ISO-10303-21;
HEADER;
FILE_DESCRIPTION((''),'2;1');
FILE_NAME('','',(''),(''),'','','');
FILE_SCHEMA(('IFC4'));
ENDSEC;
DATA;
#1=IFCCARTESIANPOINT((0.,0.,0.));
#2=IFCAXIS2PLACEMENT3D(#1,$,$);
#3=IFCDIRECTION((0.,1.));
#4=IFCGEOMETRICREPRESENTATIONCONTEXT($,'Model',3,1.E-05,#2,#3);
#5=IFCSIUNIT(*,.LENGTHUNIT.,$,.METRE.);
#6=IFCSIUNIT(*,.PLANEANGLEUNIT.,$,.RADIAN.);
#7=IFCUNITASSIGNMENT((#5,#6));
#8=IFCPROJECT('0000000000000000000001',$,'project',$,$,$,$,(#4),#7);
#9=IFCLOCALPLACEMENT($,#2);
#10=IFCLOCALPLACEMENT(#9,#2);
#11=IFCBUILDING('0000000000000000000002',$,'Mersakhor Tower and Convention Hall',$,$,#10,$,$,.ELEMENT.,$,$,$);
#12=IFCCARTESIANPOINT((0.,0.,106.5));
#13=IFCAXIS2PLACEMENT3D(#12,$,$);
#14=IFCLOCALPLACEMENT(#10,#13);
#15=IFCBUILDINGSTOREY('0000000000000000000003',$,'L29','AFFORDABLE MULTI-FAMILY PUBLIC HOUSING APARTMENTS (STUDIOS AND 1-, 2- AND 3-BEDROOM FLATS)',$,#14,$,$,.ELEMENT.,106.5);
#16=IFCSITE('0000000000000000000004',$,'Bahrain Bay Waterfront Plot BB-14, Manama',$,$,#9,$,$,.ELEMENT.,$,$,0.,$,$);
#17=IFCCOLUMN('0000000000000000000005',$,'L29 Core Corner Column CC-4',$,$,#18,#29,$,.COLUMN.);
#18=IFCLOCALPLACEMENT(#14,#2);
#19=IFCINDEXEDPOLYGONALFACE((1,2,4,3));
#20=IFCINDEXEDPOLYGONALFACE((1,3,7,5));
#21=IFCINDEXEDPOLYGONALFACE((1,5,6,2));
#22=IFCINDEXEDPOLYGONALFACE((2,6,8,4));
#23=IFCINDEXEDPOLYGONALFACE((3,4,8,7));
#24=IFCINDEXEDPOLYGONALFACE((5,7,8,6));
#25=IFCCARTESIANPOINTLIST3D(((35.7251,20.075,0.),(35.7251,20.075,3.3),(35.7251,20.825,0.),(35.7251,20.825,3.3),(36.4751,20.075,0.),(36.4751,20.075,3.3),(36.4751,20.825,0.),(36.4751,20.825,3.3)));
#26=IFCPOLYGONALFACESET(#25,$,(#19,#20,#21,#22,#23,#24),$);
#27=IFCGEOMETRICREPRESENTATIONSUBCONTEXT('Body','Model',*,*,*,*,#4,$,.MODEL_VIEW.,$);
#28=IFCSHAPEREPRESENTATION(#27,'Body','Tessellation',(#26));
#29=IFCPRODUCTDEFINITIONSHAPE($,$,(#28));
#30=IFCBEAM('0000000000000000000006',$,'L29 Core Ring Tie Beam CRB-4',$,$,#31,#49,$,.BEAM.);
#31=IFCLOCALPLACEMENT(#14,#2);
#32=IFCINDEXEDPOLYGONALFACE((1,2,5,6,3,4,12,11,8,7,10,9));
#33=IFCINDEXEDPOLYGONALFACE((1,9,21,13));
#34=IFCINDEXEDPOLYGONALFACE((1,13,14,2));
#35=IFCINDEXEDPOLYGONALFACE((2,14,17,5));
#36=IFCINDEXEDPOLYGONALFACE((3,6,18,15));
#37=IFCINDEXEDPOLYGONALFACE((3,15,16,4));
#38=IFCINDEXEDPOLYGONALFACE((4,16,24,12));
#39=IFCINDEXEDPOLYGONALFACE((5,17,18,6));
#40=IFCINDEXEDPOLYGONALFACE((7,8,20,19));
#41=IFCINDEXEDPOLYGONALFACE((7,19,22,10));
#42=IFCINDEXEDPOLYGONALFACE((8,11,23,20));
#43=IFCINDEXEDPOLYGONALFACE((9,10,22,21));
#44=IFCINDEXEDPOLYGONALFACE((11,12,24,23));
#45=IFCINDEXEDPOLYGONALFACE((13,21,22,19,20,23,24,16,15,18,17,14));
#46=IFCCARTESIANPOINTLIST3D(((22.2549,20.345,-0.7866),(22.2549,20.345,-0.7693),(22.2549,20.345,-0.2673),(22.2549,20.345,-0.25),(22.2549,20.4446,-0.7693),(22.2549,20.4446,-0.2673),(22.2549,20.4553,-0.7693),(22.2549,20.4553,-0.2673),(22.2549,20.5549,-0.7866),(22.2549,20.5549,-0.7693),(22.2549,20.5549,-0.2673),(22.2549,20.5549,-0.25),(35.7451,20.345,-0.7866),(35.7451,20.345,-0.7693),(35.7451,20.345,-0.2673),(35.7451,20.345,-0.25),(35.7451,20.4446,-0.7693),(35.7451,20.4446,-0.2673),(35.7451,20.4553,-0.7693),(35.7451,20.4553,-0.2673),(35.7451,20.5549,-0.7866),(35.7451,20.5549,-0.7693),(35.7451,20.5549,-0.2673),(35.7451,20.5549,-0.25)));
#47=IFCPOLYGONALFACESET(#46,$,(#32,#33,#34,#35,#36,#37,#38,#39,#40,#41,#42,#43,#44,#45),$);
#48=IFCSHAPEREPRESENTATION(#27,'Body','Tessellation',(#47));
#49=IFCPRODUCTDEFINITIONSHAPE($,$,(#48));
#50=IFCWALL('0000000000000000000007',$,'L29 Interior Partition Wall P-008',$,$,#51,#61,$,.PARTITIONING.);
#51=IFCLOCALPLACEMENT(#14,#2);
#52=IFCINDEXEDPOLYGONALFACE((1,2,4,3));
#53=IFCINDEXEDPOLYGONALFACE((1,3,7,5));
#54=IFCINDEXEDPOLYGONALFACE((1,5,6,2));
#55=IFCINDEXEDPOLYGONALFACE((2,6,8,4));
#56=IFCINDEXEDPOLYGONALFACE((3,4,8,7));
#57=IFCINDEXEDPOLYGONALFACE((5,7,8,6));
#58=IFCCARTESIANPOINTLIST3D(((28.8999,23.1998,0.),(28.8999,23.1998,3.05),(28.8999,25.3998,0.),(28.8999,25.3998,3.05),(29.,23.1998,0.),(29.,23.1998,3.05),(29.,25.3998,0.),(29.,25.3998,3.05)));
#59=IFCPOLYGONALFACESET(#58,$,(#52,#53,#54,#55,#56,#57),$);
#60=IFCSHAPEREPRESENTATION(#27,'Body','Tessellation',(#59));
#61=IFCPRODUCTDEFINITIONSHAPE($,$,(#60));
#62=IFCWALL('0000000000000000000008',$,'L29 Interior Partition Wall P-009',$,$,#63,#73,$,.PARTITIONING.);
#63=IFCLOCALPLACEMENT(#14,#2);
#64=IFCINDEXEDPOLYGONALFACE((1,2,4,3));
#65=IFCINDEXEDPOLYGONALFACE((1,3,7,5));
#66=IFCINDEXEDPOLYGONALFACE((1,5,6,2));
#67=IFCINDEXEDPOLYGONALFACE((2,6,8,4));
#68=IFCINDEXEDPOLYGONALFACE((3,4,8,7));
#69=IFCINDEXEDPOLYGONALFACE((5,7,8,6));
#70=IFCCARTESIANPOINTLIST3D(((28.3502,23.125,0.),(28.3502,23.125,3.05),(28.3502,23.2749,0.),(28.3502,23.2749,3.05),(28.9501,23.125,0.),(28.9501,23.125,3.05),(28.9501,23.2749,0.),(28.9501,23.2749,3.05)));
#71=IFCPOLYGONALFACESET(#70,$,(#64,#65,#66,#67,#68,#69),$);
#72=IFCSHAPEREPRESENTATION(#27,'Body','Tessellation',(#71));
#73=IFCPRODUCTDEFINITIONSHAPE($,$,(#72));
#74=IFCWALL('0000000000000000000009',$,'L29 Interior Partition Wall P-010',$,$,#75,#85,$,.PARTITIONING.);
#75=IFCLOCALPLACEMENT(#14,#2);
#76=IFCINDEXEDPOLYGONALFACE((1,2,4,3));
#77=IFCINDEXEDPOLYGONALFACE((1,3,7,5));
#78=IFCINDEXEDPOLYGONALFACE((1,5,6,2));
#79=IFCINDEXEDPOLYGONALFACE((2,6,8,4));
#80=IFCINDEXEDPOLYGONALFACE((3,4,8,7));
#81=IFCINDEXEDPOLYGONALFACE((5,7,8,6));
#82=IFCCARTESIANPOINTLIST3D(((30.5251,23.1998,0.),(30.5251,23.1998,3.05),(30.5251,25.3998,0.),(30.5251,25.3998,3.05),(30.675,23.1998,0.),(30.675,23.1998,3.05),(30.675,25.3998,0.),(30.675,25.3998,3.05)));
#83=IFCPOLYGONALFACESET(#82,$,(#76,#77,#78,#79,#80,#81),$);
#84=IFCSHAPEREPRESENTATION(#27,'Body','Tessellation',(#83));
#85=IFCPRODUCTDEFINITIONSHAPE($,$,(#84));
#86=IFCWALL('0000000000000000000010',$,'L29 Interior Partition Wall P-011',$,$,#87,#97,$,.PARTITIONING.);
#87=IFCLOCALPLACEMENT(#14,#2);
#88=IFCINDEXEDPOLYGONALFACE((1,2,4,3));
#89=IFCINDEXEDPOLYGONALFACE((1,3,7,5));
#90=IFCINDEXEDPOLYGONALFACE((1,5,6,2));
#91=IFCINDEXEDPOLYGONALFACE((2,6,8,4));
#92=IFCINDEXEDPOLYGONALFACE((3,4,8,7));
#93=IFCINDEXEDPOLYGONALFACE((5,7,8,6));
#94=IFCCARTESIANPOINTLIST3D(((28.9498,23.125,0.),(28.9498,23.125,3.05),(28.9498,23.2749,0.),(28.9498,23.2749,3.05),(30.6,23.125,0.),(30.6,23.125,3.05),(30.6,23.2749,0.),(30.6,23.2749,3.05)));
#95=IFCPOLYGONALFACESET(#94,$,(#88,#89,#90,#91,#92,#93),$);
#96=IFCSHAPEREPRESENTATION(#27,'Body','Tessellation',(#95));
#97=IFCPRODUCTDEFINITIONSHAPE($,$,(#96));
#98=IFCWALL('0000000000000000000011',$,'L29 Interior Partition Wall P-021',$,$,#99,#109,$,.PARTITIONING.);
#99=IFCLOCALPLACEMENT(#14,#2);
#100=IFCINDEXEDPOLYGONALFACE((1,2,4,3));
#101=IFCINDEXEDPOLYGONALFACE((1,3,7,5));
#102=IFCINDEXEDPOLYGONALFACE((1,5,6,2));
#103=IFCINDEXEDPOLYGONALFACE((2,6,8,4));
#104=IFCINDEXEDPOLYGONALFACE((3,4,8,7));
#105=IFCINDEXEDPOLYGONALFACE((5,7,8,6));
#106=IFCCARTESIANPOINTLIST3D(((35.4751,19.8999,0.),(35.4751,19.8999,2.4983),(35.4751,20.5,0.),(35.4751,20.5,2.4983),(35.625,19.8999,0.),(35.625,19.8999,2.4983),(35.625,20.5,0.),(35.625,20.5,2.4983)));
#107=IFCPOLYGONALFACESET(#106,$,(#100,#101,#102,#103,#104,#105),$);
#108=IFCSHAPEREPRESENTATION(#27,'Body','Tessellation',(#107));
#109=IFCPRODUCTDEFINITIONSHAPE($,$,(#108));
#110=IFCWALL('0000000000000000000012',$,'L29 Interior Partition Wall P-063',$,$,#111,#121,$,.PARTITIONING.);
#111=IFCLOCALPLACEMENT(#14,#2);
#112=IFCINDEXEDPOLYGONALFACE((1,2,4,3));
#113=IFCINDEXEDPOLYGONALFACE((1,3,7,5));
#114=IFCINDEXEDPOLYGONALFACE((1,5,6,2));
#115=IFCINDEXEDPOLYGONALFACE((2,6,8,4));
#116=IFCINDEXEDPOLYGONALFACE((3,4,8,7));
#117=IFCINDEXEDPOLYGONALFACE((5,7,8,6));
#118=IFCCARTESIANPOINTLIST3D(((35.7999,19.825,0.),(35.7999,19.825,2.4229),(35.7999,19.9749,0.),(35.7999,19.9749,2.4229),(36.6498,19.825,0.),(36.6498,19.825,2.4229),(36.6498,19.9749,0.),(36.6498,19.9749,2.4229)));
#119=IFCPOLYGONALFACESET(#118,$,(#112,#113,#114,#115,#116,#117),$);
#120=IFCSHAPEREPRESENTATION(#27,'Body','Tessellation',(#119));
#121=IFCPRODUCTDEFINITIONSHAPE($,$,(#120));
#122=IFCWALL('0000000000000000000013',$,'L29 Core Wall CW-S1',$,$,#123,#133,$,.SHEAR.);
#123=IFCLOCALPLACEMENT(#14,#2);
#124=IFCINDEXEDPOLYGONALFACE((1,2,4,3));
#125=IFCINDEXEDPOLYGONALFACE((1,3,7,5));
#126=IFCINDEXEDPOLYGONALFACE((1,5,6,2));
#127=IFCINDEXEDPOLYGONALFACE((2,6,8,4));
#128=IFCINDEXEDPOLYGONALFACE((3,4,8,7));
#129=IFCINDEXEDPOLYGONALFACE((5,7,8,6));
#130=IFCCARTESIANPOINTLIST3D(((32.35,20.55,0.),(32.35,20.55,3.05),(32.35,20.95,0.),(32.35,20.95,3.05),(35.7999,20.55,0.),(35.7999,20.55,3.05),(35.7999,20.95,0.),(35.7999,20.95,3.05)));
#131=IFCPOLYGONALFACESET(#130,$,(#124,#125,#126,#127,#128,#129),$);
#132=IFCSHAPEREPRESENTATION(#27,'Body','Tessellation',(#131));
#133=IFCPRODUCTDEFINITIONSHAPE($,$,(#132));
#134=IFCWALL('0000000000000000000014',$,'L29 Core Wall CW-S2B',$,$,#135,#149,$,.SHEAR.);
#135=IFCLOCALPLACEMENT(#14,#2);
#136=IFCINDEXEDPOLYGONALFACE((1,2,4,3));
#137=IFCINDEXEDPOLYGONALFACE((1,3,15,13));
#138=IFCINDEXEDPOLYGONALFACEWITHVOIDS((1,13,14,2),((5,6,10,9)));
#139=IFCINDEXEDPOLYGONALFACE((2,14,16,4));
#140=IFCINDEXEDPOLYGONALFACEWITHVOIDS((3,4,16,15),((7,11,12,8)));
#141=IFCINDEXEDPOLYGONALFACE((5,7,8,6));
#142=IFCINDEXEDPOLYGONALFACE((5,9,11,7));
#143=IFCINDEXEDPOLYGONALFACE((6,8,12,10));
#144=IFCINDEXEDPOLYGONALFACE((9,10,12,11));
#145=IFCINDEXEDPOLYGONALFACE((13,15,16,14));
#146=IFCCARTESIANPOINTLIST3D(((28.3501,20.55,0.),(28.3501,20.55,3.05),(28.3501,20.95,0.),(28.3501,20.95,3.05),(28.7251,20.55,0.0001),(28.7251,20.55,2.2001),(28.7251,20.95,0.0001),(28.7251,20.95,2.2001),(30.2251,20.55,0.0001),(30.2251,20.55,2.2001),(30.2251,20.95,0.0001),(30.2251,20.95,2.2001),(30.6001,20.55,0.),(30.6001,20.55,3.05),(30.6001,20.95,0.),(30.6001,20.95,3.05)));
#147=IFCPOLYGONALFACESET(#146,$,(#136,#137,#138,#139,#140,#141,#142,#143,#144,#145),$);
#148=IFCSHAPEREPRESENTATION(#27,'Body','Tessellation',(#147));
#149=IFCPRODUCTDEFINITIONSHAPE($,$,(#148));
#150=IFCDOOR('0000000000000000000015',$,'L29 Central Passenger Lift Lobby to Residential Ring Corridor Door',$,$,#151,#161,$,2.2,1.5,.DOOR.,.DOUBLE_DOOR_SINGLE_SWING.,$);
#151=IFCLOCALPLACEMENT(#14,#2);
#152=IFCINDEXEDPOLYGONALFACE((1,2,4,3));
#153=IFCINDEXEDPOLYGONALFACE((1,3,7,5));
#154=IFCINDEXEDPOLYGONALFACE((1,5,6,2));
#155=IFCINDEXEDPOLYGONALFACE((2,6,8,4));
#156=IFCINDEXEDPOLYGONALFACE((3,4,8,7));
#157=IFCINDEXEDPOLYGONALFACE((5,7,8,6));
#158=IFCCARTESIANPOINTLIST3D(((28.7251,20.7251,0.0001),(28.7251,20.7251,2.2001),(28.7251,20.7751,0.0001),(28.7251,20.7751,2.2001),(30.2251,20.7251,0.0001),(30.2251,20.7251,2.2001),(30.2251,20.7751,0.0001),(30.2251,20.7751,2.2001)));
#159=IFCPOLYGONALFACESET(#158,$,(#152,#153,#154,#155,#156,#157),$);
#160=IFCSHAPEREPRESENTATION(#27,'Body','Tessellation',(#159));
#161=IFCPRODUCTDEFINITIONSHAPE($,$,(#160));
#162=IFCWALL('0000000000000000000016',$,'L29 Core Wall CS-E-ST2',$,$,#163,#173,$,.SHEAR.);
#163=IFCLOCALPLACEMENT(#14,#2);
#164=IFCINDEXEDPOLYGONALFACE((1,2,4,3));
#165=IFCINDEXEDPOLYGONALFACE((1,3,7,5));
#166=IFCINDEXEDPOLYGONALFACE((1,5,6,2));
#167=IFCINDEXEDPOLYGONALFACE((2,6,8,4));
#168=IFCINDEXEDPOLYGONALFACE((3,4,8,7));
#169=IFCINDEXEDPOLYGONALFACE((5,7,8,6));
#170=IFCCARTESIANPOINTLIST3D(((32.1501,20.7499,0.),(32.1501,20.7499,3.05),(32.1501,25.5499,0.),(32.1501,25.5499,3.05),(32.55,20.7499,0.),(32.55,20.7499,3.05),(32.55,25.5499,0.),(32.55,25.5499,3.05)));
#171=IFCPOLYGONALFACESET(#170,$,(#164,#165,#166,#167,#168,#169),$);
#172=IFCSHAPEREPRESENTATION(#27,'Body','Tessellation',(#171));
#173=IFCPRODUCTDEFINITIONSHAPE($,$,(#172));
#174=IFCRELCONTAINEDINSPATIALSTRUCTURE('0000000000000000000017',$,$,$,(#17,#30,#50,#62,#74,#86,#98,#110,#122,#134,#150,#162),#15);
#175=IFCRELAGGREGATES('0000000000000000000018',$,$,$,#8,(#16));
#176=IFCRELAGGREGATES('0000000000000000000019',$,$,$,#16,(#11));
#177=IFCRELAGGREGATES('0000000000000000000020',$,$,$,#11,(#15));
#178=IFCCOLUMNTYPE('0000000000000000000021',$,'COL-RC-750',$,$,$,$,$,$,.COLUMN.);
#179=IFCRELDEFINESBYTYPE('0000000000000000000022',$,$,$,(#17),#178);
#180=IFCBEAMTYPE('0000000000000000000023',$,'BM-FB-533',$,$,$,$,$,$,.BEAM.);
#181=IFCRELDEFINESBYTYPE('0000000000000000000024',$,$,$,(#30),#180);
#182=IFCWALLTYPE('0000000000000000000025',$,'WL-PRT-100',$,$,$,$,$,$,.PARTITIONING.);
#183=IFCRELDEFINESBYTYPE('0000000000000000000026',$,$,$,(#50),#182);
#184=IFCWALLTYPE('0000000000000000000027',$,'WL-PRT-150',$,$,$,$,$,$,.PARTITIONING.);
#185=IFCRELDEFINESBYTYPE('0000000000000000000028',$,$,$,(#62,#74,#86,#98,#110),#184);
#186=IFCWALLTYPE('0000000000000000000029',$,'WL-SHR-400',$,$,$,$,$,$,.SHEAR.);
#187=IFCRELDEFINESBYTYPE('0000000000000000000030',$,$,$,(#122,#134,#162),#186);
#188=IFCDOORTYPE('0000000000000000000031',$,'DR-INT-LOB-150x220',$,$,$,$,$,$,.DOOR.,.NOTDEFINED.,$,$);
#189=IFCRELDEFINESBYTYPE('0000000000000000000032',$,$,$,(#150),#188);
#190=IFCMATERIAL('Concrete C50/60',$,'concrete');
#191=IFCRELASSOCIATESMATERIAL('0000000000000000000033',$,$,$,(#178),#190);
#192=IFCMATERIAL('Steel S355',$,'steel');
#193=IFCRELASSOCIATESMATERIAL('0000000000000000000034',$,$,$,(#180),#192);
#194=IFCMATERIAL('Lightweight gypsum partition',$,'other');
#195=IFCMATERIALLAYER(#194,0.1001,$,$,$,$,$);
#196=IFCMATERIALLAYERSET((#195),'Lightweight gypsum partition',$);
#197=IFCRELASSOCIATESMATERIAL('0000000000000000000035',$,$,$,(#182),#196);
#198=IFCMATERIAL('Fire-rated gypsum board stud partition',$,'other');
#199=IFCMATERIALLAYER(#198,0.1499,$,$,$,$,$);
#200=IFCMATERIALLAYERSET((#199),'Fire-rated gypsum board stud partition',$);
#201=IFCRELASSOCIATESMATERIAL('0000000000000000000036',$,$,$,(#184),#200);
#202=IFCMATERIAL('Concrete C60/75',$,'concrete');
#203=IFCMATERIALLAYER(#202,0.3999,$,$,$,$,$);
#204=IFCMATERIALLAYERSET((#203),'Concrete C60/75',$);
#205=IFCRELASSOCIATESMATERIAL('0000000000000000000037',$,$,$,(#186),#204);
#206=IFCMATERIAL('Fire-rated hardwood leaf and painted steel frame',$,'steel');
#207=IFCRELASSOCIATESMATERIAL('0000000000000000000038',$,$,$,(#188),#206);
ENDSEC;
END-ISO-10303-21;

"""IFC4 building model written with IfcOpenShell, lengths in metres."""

from ifc_helpers import new_model, si_unit, direction, frame, frame_2d, origin, origin_2d, place, context, subcontext, project, spatial, rectangle, i_section, extrude, material, layer, layer_set, material_profile, profile_set, type_object, element, fill, save


model = new_model("IFC4")

# Units and contexts
model_context = context("Model", 3, precision=1e-05, world=origin(), true_north=direction((0.0, 1.0)))
body_context = subcontext(model_context, "Body", "Model", "MODEL_VIEW")
ifc_project = project(units=[si_unit("LENGTHUNIT", "METRE"), si_unit("PLANEANGLEUNIT", "RADIAN")], contexts=[model_context])

# Site, building, storey
site_placement = place(None, origin())
site = spatial("IfcSite", under=ifc_project, at=site_placement, Name="Bahrain Bay Waterfront Plot BB-14, Manama", CompositionType="ELEMENT", RefElevation=0.0)
building_placement = place(site_placement, origin())
building = spatial("IfcBuilding", under=site, at=building_placement, Name="Mersakhor Tower and Convention Hall", CompositionType="ELEMENT")
storey_placement = place(building_placement, frame((0.0, 0.0, 106.5)))
storey = spatial("IfcBuildingStorey", under=building, at=storey_placement, Name="L29", Description="AFFORDABLE MULTI-FAMILY PUBLIC HOUSING APARTMENTS (STUDIOS AND 1-, 2- AND 3-BEDROOM FLATS)", CompositionType="ELEMENT", Elevation=106.5)

# Column
ifc_material_1 = material(Name="Concrete C50/60", Category="concrete")
ifc_material_profile_1 = material_profile(ifc_material_1, rectangle(XDim=0.75, YDim=0.75, at=origin_2d()), Name="RC 750x750")
ifc_profile_set_1 = profile_set([ifc_material_profile_1], Name="Concrete C50/60")
column_type = type_object("IfcColumnType", Name="COL-RC-750", PredefinedType="COLUMN", material=ifc_profile_set_1)
column_placement = place(storey_placement, frame((36.1001, 20.45, 0.0), z_axis=(0.0, 0.0, 1.0), x_axis=(1.0, 0.0, 0.0)))
element("IfcColumn", 1, at=column_placement, inside=storey, type_object=column_type, Name="L29 Core Corner Column CC-4", PredefinedType="COLUMN", context=body_context, shape_type="SweptSolid", body=[
    extrude(rectangle(XDim=0.75, YDim=0.75, at=origin_2d()), origin(), (0.0, 0.0, 1.0), 3.3),
])

# Beam
ifc_material_2 = material(Name="Steel S355", Category="steel")
ifc_material_profile_2 = material_profile(ifc_material_2, i_section(OverallWidth=0.21, OverallDepth=0.5366, WebThickness=0.0107, FlangeThickness=0.0173, at=origin_2d()), Name="UB 533x210x101")
ifc_profile_set_2 = profile_set([ifc_material_profile_2], Name="Steel S355")
beam_type = type_object("IfcBeamType", Name="BM-FB-533", PredefinedType="BEAM", material=ifc_profile_set_2)
beam_placement = place(storey_placement, frame((35.7451, 20.45, -0.5183), z_axis=(-1.0, 0.0, 0.0), x_axis=(0.0, -1.0, 0.0)))
element("IfcBeam", 2, at=beam_placement, inside=storey, type_object=beam_type, Name="L29 Core Ring Tie Beam CRB-4", PredefinedType="BEAM", context=body_context, shape_type="SweptSolid", body=[
    extrude(i_section(OverallWidth=0.21, OverallDepth=0.5366, WebThickness=0.0107, FlangeThickness=0.0173, at=origin_2d()), origin(), (0.0, 0.0, 1.0), 13.4902),
])

# Walls
ifc_material_3 = material(Name="Lightweight gypsum partition", Category="other")
ifc_layer_1 = layer(ifc_material_3, 0.1001)
ifc_layer_set_1 = layer_set([ifc_layer_1], Name="Lightweight gypsum partition")
wall_type_1 = type_object("IfcWallType", Name="WL-PRT-100", PredefinedType="PARTITIONING", material=ifc_layer_set_1)
wall_1_placement = place(storey_placement, frame((28.95, 25.3999, 0.0), z_axis=(0.0, 0.0, 1.0), x_axis=(0.0, -1.0, 0.0)))
element("IfcWall", 3, at=wall_1_placement, inside=storey, type_object=wall_type_1, Name="L29 Interior Partition Wall P-008", PredefinedType="PARTITIONING", context=body_context, shape_type="SweptSolid", body=[
    extrude(rectangle(XDim=2.2, YDim=0.1001, at=frame_2d((1.1001, 0.0))), origin(), (0.0, 0.0, 1.0), 3.05),
])
ifc_material_4 = material(Name="Fire-rated gypsum board stud partition", Category="other")
ifc_layer_2 = layer(ifc_material_4, 0.1499)
ifc_layer_set_2 = layer_set([ifc_layer_2], Name="Fire-rated gypsum board stud partition")
wall_type_2 = type_object("IfcWallType", Name="WL-PRT-150", PredefinedType="PARTITIONING", material=ifc_layer_set_2)
wall_2_placement = place(storey_placement, frame((28.95, 23.2, 0.0), z_axis=(0.0, 0.0, 1.0), x_axis=(-1.0, 0.0, 0.0)))
element("IfcWall", 4, at=wall_2_placement, inside=storey, type_object=wall_type_2, Name="L29 Interior Partition Wall P-009", PredefinedType="PARTITIONING", context=body_context, shape_type="SweptSolid", body=[
    extrude(rectangle(XDim=0.5999, YDim=0.1499, at=frame_2d((0.2998, 0.0))), origin(), (0.0, 0.0, 1.0), 3.05),
])
wall_3_placement = place(storey_placement, frame((30.6001, 25.3999, 0.0), z_axis=(0.0, 0.0, 1.0), x_axis=(0.0, -1.0, 0.0)))
element("IfcWall", 5, at=wall_3_placement, inside=storey, type_object=wall_type_2, Name="L29 Interior Partition Wall P-010", PredefinedType="PARTITIONING", context=body_context, shape_type="SweptSolid", body=[
    extrude(rectangle(XDim=2.2, YDim=0.1499, at=frame_2d((1.1001, 0.0))), origin(), (0.0, 0.0, 1.0), 3.05),
])
wall_4_placement = place(storey_placement, frame((30.6001, 23.2, 0.0), z_axis=(0.0, 0.0, 1.0), x_axis=(-1.0, 0.0, 0.0)))
element("IfcWall", 6, at=wall_4_placement, inside=storey, type_object=wall_type_2, Name="L29 Interior Partition Wall P-011", PredefinedType="PARTITIONING", context=body_context, shape_type="SweptSolid", body=[
    extrude(rectangle(XDim=1.6501, YDim=0.1499, at=frame_2d((0.8252, 0.0))), origin(), (0.0, 0.0, 1.0), 3.05),
])
wall_5_placement = place(storey_placement, frame((35.55, 20.5, 0.0), z_axis=(0.0, 0.0, 1.0), x_axis=(0.0, -1.0, 0.0)))
element("IfcWall", 7, at=wall_5_placement, inside=storey, type_object=wall_type_2, Name="L29 Interior Partition Wall P-021", PredefinedType="PARTITIONING", context=body_context, shape_type="SweptSolid", body=[
    extrude(rectangle(XDim=0.6001, YDim=0.1499, at=frame_2d((0.3, 0.0))), origin(), (0.0, 0.0, 1.0), 2.4983),
])
wall_6_placement = place(storey_placement, frame((35.8, 19.8999, 0.0), z_axis=(0.0, 0.0, 1.0), x_axis=(1.0, 0.0, 0.0)))
element("IfcWall", 8, at=wall_6_placement, inside=storey, type_object=wall_type_2, Name="L29 Interior Partition Wall P-063", PredefinedType="PARTITIONING", context=body_context, shape_type="SweptSolid", body=[
    extrude(rectangle(XDim=0.8499, YDim=0.1499, at=frame_2d((0.4248, 0.0))), origin(), (0.0, 0.0, 1.0), 2.4229),
])
ifc_material_5 = material(Name="Concrete C60/75", Category="concrete")
ifc_layer_3 = layer(ifc_material_5, 0.3999)
ifc_layer_set_3 = layer_set([ifc_layer_3], Name="Concrete C60/75")
wall_type_3 = type_object("IfcWallType", Name="WL-SHR-400", PredefinedType="SHEAR", material=ifc_layer_set_3)
wall_7_placement = place(storey_placement, frame((35.8, 20.75, 0.0), z_axis=(0.0, 0.0, 1.0), x_axis=(-1.0, 0.0, 0.0)))
element("IfcWall", 9, at=wall_7_placement, inside=storey, type_object=wall_type_3, Name="L29 Core Wall CW-S1", PredefinedType="SHEAR", context=body_context, shape_type="SweptSolid", body=[
    extrude(rectangle(XDim=3.45, YDim=0.3999, at=frame_2d((1.7251, 0.0))), origin(), (0.0, 0.0, 1.0), 3.05),
])

# Wall, opening, door
wall_8_placement = place(storey_placement, frame((30.6001, 20.75, 0.0), z_axis=(0.0, 0.0, 1.0), x_axis=(-1.0, 0.0, 0.0)))
wall_8 = element("IfcWall", 10, at=wall_8_placement, inside=storey, type_object=wall_type_3, Name="L29 Core Wall CW-S2B", PredefinedType="SHEAR", context=body_context, shape_type="SweptSolid", body=[
    extrude(rectangle(XDim=2.25, YDim=0.3999, at=frame_2d((1.125, 0.0))), origin(), (0.0, 0.0, 1.0), 3.05),
])
opening_1_placement = place(wall_8_placement, frame((0.375, 0.0, 0.0)))
opening_1 = element("IfcOpeningElement", 11, at=opening_1_placement, cuts=wall_8, PredefinedType="OPENING", context=body_context, shape_type="SweptSolid", body=[
    extrude(rectangle(XDim=1.5, YDim=2.2, at=frame_2d((0.75, 1.1001))), frame((0.0, 0.21, 0.0), z_axis=(0.0, -1.0, 0.0), x_axis=(1.0, 0.0, 0.0)), (0.0, 0.0, 1.0), 0.4199),
])
ifc_material_6 = material(Name="Fire-rated hardwood leaf and painted steel frame", Category="steel")
door_type_1 = type_object("IfcDoorType", Name="DR-INT-LOB-150x220", OperationType="NOTDEFINED", PredefinedType="DOOR", material=ifc_material_6)
door_1_placement = place(opening_1_placement, origin())
door_1 = element("IfcDoor", 12, at=door_1_placement, inside=storey, type_object=door_type_1, Name="L29 Central Passenger Lift Lobby to Residential Ring Corridor Door", OperationType="DOUBLE_DOOR_SINGLE_SWING", OverallHeight=2.2, OverallWidth=1.5, PredefinedType="DOOR", context=body_context, shape_type="SweptSolid", body=[
    extrude(rectangle(XDim=1.5, YDim=2.2, at=frame_2d((0.75, 1.1001))), frame((0.0, 0.0249, 0.0), z_axis=(0.0, -1.0, 0.0), x_axis=(1.0, 0.0, 0.0)), (0.0, 0.0, 1.0), 0.05),
])
fill(opening_1, door_1)

# Wall
wall_9_placement = place(storey_placement, frame((32.3501, 20.75, 0.0), z_axis=(0.0, 0.0, 1.0), x_axis=(0.0, 1.0, 0.0)))
element("IfcWall", 13, at=wall_9_placement, inside=storey, type_object=wall_type_3, Name="L29 Core Wall CS-E-ST2", PredefinedType="SHEAR", context=body_context, shape_type="SweptSolid", body=[
    extrude(rectangle(XDim=4.8, YDim=0.3999, at=frame_2d((2.3999, 0.0))), origin(), (0.0, 0.0, 1.0), 3.05),
])

save(model, "model.ifc")
